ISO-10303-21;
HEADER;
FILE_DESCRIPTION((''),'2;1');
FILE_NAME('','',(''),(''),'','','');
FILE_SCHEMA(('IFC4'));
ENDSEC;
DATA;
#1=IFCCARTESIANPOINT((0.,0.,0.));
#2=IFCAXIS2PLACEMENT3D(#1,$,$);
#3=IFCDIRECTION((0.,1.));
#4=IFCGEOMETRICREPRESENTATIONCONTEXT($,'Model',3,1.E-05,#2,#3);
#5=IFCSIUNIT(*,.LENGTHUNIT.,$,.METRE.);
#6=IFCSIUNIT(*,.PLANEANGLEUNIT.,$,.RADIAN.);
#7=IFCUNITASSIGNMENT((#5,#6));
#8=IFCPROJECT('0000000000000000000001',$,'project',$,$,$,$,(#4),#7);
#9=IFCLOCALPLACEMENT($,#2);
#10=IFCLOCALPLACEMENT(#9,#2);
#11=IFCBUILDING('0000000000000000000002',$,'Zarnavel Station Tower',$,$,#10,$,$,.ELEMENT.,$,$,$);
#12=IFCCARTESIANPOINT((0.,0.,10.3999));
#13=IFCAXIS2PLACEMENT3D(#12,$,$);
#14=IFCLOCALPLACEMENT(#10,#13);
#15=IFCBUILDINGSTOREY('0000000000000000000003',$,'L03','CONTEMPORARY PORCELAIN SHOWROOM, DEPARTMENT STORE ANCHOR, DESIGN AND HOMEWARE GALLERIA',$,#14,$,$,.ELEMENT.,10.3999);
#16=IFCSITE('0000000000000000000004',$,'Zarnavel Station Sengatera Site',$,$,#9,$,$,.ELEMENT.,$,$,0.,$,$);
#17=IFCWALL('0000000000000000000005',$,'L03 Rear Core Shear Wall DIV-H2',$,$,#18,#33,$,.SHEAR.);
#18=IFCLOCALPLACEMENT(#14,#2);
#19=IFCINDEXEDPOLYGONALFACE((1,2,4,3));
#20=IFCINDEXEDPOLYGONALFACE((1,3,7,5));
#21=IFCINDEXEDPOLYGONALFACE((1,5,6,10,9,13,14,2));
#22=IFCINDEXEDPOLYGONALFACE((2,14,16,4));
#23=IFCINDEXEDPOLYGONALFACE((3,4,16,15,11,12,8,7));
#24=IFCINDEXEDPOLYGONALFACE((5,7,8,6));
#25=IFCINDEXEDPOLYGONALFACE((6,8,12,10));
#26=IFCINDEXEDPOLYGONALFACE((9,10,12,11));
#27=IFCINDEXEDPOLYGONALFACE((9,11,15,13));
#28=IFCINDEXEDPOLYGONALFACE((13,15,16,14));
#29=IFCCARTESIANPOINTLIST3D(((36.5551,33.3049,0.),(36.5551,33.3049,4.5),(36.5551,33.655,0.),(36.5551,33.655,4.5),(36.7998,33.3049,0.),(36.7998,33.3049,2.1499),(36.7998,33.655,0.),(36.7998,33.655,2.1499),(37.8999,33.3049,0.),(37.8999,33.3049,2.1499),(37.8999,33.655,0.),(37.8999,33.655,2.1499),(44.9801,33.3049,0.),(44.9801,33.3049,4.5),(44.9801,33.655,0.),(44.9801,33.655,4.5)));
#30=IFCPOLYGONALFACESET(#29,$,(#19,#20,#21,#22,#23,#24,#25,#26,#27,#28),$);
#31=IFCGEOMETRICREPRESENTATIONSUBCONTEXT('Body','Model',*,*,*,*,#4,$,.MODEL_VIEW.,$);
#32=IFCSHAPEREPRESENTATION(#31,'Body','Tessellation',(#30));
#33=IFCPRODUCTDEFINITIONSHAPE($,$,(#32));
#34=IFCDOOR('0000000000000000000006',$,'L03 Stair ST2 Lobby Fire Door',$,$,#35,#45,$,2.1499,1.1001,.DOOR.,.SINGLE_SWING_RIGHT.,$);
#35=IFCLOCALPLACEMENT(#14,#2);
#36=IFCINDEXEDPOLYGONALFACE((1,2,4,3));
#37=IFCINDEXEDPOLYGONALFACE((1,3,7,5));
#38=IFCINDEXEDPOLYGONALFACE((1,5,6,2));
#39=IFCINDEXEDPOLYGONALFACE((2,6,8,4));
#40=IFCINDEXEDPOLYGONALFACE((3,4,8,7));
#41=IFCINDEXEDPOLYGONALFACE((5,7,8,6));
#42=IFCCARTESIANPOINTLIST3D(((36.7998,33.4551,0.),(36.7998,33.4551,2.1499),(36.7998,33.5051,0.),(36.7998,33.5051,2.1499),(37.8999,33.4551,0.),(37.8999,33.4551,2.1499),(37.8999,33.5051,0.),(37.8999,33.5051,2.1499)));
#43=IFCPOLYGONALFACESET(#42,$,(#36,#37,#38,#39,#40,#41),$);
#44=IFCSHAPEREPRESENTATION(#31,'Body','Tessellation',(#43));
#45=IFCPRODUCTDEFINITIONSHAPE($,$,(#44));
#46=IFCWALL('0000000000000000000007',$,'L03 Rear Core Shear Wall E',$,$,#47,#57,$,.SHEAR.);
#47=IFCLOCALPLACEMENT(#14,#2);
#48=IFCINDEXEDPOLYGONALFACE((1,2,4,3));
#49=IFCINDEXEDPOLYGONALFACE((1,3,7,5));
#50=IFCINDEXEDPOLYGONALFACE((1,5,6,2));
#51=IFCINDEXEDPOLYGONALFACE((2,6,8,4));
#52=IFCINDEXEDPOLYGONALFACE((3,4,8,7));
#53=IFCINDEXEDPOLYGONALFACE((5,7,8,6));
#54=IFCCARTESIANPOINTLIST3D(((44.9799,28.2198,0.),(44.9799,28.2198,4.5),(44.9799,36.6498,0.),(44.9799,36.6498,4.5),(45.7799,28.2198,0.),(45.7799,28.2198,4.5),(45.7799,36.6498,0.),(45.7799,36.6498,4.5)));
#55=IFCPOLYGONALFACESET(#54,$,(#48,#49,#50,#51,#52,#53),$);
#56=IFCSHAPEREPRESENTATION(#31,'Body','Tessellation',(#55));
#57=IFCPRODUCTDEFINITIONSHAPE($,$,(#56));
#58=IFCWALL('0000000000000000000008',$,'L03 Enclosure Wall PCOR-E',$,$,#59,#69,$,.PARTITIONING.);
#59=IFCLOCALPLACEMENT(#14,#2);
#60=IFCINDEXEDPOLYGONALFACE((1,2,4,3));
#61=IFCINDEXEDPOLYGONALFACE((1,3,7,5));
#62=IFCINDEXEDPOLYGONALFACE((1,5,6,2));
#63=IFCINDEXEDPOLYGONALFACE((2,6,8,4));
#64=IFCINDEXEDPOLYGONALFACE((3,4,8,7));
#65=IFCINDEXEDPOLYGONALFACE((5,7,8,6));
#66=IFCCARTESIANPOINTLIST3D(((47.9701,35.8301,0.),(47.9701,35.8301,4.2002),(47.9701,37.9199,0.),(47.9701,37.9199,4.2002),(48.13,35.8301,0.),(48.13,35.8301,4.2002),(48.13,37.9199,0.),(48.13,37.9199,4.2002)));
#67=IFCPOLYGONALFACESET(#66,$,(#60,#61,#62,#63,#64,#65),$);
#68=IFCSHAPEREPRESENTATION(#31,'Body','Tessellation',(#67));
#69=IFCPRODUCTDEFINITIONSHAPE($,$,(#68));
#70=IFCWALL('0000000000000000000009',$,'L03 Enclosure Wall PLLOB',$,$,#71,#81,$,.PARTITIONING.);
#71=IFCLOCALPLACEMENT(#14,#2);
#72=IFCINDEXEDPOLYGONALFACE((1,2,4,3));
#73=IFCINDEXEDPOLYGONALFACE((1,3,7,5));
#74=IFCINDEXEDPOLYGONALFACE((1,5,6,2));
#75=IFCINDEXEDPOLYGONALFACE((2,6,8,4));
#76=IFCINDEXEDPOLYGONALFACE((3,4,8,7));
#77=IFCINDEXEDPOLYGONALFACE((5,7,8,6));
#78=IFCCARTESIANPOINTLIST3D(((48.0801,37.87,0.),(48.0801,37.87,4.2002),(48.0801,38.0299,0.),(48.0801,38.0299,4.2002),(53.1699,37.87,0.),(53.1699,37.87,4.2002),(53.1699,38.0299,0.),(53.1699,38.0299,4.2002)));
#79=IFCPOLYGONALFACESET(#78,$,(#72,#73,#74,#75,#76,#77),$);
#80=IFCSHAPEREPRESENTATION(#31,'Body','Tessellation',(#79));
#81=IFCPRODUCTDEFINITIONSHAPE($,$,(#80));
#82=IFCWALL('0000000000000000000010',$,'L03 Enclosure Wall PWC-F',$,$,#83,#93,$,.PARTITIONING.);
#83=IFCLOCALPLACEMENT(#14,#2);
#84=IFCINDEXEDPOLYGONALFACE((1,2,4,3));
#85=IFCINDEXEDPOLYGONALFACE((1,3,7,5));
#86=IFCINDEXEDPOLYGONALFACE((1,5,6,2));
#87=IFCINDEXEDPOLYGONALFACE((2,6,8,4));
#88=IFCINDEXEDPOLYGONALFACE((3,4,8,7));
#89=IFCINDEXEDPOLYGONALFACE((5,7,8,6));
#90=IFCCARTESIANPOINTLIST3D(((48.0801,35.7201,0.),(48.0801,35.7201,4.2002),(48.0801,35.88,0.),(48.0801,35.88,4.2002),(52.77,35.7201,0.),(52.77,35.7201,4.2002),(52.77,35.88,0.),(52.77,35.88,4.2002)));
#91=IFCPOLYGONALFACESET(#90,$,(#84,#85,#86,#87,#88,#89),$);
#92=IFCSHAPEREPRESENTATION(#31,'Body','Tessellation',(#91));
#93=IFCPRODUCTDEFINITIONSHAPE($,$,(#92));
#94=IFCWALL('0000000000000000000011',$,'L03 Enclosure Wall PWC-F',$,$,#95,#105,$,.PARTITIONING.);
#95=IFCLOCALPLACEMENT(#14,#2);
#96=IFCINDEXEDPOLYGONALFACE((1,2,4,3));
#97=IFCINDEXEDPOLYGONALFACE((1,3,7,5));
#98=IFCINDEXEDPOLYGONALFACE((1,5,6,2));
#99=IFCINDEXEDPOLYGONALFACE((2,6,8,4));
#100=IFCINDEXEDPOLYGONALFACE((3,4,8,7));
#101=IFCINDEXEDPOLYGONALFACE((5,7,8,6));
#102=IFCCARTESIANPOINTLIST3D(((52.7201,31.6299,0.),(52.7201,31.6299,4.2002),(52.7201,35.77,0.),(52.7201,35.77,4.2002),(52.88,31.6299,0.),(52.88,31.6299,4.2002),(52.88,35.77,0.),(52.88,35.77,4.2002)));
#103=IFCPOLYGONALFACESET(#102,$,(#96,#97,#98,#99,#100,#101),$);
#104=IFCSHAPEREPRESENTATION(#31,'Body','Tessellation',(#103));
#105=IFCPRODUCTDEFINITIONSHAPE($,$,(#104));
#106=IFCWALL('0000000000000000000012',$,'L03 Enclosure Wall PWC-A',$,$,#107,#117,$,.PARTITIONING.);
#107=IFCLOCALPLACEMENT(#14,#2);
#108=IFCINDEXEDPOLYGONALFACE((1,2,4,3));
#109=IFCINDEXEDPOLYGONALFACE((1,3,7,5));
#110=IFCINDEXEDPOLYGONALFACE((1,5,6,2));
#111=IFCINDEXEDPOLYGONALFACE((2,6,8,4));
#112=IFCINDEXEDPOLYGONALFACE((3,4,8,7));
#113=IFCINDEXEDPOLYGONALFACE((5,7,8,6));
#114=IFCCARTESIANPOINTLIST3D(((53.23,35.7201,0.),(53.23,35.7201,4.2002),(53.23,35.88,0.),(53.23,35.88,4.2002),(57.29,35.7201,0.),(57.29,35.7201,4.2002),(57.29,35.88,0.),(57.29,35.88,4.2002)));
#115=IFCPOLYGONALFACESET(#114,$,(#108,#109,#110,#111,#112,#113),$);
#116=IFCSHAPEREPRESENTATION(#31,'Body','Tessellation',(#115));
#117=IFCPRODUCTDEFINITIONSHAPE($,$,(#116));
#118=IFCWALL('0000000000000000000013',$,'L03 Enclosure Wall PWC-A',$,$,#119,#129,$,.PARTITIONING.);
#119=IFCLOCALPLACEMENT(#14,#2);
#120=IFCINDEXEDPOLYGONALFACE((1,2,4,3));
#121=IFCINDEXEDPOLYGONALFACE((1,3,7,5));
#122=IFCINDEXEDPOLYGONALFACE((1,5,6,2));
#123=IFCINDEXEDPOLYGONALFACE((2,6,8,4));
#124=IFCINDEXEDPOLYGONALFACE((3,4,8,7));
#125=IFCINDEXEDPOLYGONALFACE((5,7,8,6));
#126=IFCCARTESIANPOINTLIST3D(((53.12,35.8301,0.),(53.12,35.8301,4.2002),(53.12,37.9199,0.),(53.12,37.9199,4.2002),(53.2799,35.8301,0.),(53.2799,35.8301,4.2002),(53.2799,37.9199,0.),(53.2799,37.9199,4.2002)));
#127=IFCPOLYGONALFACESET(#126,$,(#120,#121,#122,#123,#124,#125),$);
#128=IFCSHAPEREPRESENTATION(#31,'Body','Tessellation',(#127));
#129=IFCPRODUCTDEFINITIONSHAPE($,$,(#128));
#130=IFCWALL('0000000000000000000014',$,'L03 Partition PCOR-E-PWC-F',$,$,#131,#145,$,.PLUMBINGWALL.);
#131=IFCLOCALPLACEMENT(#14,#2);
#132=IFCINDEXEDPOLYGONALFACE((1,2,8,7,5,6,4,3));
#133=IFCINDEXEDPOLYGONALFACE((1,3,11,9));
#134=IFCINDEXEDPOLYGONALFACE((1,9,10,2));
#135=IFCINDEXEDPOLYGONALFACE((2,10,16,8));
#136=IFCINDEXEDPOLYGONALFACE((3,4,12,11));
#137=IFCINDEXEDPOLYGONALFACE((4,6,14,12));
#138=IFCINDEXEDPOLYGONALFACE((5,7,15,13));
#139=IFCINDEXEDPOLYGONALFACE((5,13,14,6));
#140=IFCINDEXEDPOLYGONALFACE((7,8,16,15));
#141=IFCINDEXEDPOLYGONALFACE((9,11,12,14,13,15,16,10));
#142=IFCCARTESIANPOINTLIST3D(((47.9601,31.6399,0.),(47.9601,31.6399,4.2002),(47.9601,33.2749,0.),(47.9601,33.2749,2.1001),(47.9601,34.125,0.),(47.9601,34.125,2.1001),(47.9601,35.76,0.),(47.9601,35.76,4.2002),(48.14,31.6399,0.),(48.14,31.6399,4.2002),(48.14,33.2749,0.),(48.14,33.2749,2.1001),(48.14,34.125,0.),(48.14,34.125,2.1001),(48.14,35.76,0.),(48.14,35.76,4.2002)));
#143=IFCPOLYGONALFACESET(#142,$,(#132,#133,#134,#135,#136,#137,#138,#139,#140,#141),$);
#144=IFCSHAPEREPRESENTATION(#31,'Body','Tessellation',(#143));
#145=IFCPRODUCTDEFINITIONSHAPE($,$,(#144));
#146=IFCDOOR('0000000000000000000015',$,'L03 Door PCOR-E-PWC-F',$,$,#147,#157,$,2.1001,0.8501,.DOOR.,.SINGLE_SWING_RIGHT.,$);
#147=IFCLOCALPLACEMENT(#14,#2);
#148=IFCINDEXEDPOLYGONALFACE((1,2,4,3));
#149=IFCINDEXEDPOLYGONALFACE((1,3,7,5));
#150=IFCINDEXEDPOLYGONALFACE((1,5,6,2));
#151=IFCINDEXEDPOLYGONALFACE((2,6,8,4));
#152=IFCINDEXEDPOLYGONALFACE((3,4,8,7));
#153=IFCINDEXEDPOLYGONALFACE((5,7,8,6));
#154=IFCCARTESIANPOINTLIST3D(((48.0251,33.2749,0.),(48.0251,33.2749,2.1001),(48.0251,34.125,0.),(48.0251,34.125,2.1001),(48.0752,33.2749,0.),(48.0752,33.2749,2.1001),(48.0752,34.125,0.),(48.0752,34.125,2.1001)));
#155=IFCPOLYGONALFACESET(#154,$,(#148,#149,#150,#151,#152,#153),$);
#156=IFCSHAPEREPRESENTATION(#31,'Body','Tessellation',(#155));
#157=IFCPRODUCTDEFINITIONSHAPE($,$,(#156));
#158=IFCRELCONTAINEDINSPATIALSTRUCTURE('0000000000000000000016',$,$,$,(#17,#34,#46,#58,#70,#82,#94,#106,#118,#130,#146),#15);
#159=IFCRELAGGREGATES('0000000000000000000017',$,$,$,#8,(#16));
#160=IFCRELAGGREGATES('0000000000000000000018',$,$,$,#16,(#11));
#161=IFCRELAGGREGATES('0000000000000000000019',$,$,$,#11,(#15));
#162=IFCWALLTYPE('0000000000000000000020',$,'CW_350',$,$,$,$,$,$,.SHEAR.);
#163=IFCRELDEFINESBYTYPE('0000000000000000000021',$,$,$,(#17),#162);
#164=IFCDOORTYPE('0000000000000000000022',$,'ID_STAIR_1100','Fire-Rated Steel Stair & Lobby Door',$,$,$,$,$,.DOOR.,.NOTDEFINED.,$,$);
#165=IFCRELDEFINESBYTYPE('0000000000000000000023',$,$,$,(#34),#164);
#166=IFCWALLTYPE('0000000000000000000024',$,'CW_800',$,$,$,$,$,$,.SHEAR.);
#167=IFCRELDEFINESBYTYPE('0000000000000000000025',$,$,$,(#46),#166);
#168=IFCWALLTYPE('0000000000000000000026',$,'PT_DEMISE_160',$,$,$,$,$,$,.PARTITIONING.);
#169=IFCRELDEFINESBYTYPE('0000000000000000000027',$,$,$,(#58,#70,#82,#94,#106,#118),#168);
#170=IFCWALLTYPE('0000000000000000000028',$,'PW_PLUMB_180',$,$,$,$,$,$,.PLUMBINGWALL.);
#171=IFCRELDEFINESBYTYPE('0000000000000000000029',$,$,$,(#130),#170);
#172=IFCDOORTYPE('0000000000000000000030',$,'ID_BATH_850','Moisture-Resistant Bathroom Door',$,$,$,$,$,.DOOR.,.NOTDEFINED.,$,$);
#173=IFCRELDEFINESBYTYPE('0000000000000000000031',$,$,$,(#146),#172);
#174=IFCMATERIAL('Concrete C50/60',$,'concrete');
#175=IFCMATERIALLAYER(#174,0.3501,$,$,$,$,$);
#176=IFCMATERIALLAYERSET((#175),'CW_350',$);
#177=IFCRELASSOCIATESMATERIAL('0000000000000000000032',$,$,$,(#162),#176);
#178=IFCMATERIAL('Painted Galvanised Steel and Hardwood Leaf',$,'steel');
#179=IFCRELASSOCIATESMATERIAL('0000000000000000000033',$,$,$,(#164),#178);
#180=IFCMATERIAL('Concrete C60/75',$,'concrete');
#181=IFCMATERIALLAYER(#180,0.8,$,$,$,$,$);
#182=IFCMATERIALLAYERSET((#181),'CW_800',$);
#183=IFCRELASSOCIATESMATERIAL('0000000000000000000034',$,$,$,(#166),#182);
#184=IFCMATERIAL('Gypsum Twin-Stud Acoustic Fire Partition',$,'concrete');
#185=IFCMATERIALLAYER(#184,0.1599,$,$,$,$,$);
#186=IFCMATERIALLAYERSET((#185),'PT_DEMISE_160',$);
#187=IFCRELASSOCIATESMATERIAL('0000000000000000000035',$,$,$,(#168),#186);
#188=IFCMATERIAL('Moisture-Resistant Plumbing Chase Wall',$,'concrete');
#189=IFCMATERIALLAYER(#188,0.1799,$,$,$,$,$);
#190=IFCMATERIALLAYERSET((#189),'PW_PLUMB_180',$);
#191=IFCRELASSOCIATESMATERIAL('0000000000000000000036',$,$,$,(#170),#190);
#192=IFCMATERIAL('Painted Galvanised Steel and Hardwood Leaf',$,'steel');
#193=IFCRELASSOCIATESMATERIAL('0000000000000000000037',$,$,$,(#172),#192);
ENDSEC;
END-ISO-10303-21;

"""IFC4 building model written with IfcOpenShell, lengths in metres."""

from ifc_helpers import new_model, si_unit, direction, frame, frame_2d, origin, place, context, subcontext, project, spatial, rectangle, extrude, material, layer, layer_set, type_object, element, fill, save


model = new_model("IFC4")

# Units and contexts
model_context = context("Model", 3, precision=1e-05, world=origin(), true_north=direction((0.0, 1.0)))
body_context = subcontext(model_context, "Body", "Model", "MODEL_VIEW")
ifc_project = project(units=[si_unit("LENGTHUNIT", "METRE"), si_unit("PLANEANGLEUNIT", "RADIAN")], contexts=[model_context])

# Site, building, storey
site_placement = place(None, origin())
site = spatial("IfcSite", under=ifc_project, at=site_placement, Name="Zarnavel Station Sengatera Site", CompositionType="ELEMENT", RefElevation=0.0)
building_placement = place(site_placement, origin())
building = spatial("IfcBuilding", under=site, at=building_placement, Name="Zarnavel Station Tower", CompositionType="ELEMENT")
storey_placement = place(building_placement, frame((0.0, 0.0, 10.3999)))
storey = spatial("IfcBuildingStorey", under=building, at=storey_placement, Name="L03", Description="CONTEMPORARY PORCELAIN SHOWROOM, DEPARTMENT STORE ANCHOR, DESIGN AND HOMEWARE GALLERIA", CompositionType="ELEMENT", Elevation=10.3999)

# Wall, opening, door
ifc_material_1 = material(Name="Concrete C50/60", Category="concrete")
ifc_layer_1 = layer(ifc_material_1, 0.3501)
ifc_layer_set_1 = layer_set([ifc_layer_1], Name="CW_350")
wall_type_1 = type_object("IfcWallType", Name="CW_350", PredefinedType="SHEAR", material=ifc_layer_set_1)
wall_1_placement = place(storey_placement, frame((44.98, 33.48, 0.0), z_axis=(0.0, 0.0, 1.0), x_axis=(-1.0, 0.0, 0.0)))
wall_1 = element("IfcWall", 1, at=wall_1_placement, inside=storey, type_object=wall_type_1, Name="L03 Rear Core Shear Wall DIV-H2", PredefinedType="SHEAR", context=body_context, shape_type="SweptSolid", body=[
    extrude(rectangle(XDim=8.425, YDim=0.3501, at=frame_2d((4.2124, 0.0))), origin(), (0.0, 0.0, 1.0), 4.5),
])
opening_1_placement = place(wall_1_placement, frame((7.0801, 0.0, 0.0)))
opening_1 = element("IfcOpeningElement", 2, at=opening_1_placement, cuts=wall_1, PredefinedType="OPENING", context=body_context, shape_type="SweptSolid", body=[
    extrude(rectangle(XDim=1.1001, YDim=2.1499, at=frame_2d((0.55, 1.075))), frame((0.0, 0.1851, 0.0), z_axis=(0.0, -1.0, 0.0), x_axis=(1.0, 0.0, 0.0)), (0.0, 0.0, 1.0), 0.3701),
])
ifc_material_2 = material(Name="Painted Galvanised Steel and Hardwood Leaf", Category="steel")
door_type_1 = type_object("IfcDoorType", Name="ID_STAIR_1100", Description="Fire-Rated Steel Stair & Lobby Door", OperationType="NOTDEFINED", PredefinedType="DOOR", material=ifc_material_2)
door_1_placement = place(opening_1_placement, origin())
door_1 = element("IfcDoor", 3, at=door_1_placement, inside=storey, type_object=door_type_1, Name="L03 Stair ST2 Lobby Fire Door", OperationType="SINGLE_SWING_RIGHT", OverallHeight=2.1499, OverallWidth=1.1001, PredefinedType="DOOR", context=body_context, shape_type="SweptSolid", body=[
    extrude(rectangle(XDim=1.1001, YDim=2.1499, at=frame_2d((0.55, 1.075))), frame((0.0, 0.0249, 0.0), z_axis=(0.0, -1.0, 0.0), x_axis=(1.0, 0.0, 0.0)), (0.0, 0.0, 1.0), 0.05),
])
fill(opening_1, door_1)

# Shared definitions
ifc_material_3 = material(Name="Concrete C60/75", Category="concrete")
ifc_layer_2 = layer(ifc_material_3, 0.8)
ifc_layer_set_2 = layer_set([ifc_layer_2], Name="CW_800")
wall_type_2 = type_object("IfcWallType", Name="CW_800", PredefinedType="SHEAR", material=ifc_layer_set_2)

# Walls
wall_2_placement = place(storey_placement, frame((45.3799, 28.22, 0.0), z_axis=(0.0, 0.0, 1.0), x_axis=(0.0, 1.0, 0.0)))
element("IfcWall", 4, at=wall_2_placement, inside=storey, type_object=wall_type_2, Name="L03 Rear Core Shear Wall E", PredefinedType="SHEAR", context=body_context, shape_type="SweptSolid", body=[
    extrude(rectangle(XDim=8.4299, YDim=0.8, at=frame_2d((4.2148, 0.0))), origin(), (0.0, 0.0, 1.0), 4.5),
])
ifc_material_4 = material(Name="Gypsum Twin-Stud Acoustic Fire Partition", Category="concrete")
ifc_layer_3 = layer(ifc_material_4, 0.1599)
ifc_layer_set_3 = layer_set([ifc_layer_3], Name="PT_DEMISE_160")
wall_type_3 = type_object("IfcWallType", Name="PT_DEMISE_160", PredefinedType="PARTITIONING", material=ifc_layer_set_3)
wall_3_placement = place(storey_placement, frame((48.05, 35.8301, 0.0), z_axis=(0.0, 0.0, 1.0), x_axis=(0.0, 1.0, 0.0)))
element("IfcWall", 5, at=wall_3_placement, inside=storey, type_object=wall_type_3, Name="L03 Enclosure Wall PCOR-E", PredefinedType="PARTITIONING", context=body_context, shape_type="SweptSolid", body=[
    extrude(rectangle(XDim=2.0898, YDim=0.1599, at=frame_2d((1.0449, 0.0))), origin(), (0.0, 0.0, 1.0), 4.2002),
])
wall_4_placement = place(storey_placement, frame((48.0801, 37.95, 0.0), z_axis=(0.0, 0.0, 1.0), x_axis=(1.0, 0.0, 0.0)))
element("IfcWall", 6, at=wall_4_placement, inside=storey, type_object=wall_type_3, Name="L03 Enclosure Wall PLLOB", PredefinedType="PARTITIONING", context=body_context, shape_type="SweptSolid", body=[
    extrude(rectangle(XDim=5.0898, YDim=0.1599, at=frame_2d((2.5449, 0.0))), origin(), (0.0, 0.0, 1.0), 4.2002),
])
wall_5_placement = place(storey_placement, frame((48.0801, 35.8, 0.0), z_axis=(0.0, 0.0, 1.0), x_axis=(1.0, 0.0, 0.0)))
element("IfcWall", 7, at=wall_5_placement, inside=storey, type_object=wall_type_3, Name="L03 Enclosure Wall PWC-F", PredefinedType="PARTITIONING", context=body_context, shape_type="SweptSolid", body=[
    extrude(rectangle(XDim=4.6899, YDim=0.1599, at=frame_2d((2.345, 0.0))), origin(), (0.0, 0.0, 1.0), 4.2002),
])
wall_6_placement = place(storey_placement, frame((52.8, 31.6299, 0.0), z_axis=(0.0, 0.0, 1.0), x_axis=(0.0, 1.0, 0.0)))
element("IfcWall", 8, at=wall_6_placement, inside=storey, type_object=wall_type_3, Name="L03 Enclosure Wall PWC-F", PredefinedType="PARTITIONING", context=body_context, shape_type="SweptSolid", body=[
    extrude(rectangle(XDim=4.1401, YDim=0.1599, at=frame_2d((2.0701, 0.0))), origin(), (0.0, 0.0, 1.0), 4.2002),
])
wall_7_placement = place(storey_placement, frame((53.23, 35.8, 0.0), z_axis=(0.0, 0.0, 1.0), x_axis=(1.0, 0.0, 0.0)))
element("IfcWall", 9, at=wall_7_placement, inside=storey, type_object=wall_type_3, Name="L03 Enclosure Wall PWC-A", PredefinedType="PARTITIONING", context=body_context, shape_type="SweptSolid", body=[
    extrude(rectangle(XDim=4.0601, YDim=0.1599, at=frame_2d((2.03, 0.0))), origin(), (0.0, 0.0, 1.0), 4.2002),
])
wall_8_placement = place(storey_placement, frame((53.2, 35.8301, 0.0), z_axis=(0.0, 0.0, 1.0), x_axis=(0.0, 1.0, 0.0)))
element("IfcWall", 10, at=wall_8_placement, inside=storey, type_object=wall_type_3, Name="L03 Enclosure Wall PWC-A", PredefinedType="PARTITIONING", context=body_context, shape_type="SweptSolid", body=[
    extrude(rectangle(XDim=2.0898, YDim=0.1599, at=frame_2d((1.0449, 0.0))), origin(), (0.0, 0.0, 1.0), 4.2002),
])

# Wall, opening, door
ifc_material_5 = material(Name="Moisture-Resistant Plumbing Chase Wall", Category="concrete")
ifc_layer_4 = layer(ifc_material_5, 0.1799)
ifc_layer_set_4 = layer_set([ifc_layer_4], Name="PW_PLUMB_180")
wall_type_4 = type_object("IfcWallType", Name="PW_PLUMB_180", PredefinedType="PLUMBINGWALL", material=ifc_layer_set_4)
wall_9_placement = place(storey_placement, frame((48.05, 31.6399, 0.0), z_axis=(0.0, 0.0, 1.0), x_axis=(0.0, 1.0, 0.0)))
wall_9 = element("IfcWall", 11, at=wall_9_placement, inside=storey, type_object=wall_type_4, Name="L03 Partition PCOR-E-PWC-F", PredefinedType="PLUMBINGWALL", context=body_context, shape_type="SweptSolid", body=[
    extrude(rectangle(XDim=4.1201, YDim=0.1799, at=frame_2d((2.0601, 0.0))), origin(), (0.0, 0.0, 1.0), 4.2002),
])
opening_2_placement = place(wall_9_placement, frame((1.635, 0.0, 0.0)))
opening_2 = element("IfcOpeningElement", 12, at=opening_2_placement, cuts=wall_9, PredefinedType="OPENING", context=body_context, shape_type="SweptSolid", body=[
    extrude(rectangle(XDim=0.8501, YDim=2.1001, at=frame_2d((0.425, 1.05))), frame((0.0, 0.0999, 0.0), z_axis=(0.0, -1.0, 0.0), x_axis=(1.0, 0.0, 0.0)), (0.0, 0.0, 1.0), 0.2),
])
ifc_material_6 = material(Name="Painted Galvanised Steel and Hardwood Leaf", Category="steel")
door_type_2 = type_object("IfcDoorType", Name="ID_BATH_850", Description="Moisture-Resistant Bathroom Door", OperationType="NOTDEFINED", PredefinedType="DOOR", material=ifc_material_6)
door_2_placement = place(opening_2_placement, origin())
door_2 = element("IfcDoor", 13, at=door_2_placement, inside=storey, type_object=door_type_2, Name="L03 Door PCOR-E-PWC-F", OperationType="SINGLE_SWING_RIGHT", OverallHeight=2.1001, OverallWidth=0.8501, PredefinedType="DOOR", context=body_context, shape_type="SweptSolid", body=[
    extrude(rectangle(XDim=0.8501, YDim=2.1001, at=frame_2d((0.425, 1.05))), frame((0.0, 0.0249, 0.0), z_axis=(0.0, -1.0, 0.0), x_axis=(1.0, 0.0, 0.0)), (0.0, 0.0, 1.0), 0.05),
])
fill(opening_2, door_2)

save(model, "model.ifc")
